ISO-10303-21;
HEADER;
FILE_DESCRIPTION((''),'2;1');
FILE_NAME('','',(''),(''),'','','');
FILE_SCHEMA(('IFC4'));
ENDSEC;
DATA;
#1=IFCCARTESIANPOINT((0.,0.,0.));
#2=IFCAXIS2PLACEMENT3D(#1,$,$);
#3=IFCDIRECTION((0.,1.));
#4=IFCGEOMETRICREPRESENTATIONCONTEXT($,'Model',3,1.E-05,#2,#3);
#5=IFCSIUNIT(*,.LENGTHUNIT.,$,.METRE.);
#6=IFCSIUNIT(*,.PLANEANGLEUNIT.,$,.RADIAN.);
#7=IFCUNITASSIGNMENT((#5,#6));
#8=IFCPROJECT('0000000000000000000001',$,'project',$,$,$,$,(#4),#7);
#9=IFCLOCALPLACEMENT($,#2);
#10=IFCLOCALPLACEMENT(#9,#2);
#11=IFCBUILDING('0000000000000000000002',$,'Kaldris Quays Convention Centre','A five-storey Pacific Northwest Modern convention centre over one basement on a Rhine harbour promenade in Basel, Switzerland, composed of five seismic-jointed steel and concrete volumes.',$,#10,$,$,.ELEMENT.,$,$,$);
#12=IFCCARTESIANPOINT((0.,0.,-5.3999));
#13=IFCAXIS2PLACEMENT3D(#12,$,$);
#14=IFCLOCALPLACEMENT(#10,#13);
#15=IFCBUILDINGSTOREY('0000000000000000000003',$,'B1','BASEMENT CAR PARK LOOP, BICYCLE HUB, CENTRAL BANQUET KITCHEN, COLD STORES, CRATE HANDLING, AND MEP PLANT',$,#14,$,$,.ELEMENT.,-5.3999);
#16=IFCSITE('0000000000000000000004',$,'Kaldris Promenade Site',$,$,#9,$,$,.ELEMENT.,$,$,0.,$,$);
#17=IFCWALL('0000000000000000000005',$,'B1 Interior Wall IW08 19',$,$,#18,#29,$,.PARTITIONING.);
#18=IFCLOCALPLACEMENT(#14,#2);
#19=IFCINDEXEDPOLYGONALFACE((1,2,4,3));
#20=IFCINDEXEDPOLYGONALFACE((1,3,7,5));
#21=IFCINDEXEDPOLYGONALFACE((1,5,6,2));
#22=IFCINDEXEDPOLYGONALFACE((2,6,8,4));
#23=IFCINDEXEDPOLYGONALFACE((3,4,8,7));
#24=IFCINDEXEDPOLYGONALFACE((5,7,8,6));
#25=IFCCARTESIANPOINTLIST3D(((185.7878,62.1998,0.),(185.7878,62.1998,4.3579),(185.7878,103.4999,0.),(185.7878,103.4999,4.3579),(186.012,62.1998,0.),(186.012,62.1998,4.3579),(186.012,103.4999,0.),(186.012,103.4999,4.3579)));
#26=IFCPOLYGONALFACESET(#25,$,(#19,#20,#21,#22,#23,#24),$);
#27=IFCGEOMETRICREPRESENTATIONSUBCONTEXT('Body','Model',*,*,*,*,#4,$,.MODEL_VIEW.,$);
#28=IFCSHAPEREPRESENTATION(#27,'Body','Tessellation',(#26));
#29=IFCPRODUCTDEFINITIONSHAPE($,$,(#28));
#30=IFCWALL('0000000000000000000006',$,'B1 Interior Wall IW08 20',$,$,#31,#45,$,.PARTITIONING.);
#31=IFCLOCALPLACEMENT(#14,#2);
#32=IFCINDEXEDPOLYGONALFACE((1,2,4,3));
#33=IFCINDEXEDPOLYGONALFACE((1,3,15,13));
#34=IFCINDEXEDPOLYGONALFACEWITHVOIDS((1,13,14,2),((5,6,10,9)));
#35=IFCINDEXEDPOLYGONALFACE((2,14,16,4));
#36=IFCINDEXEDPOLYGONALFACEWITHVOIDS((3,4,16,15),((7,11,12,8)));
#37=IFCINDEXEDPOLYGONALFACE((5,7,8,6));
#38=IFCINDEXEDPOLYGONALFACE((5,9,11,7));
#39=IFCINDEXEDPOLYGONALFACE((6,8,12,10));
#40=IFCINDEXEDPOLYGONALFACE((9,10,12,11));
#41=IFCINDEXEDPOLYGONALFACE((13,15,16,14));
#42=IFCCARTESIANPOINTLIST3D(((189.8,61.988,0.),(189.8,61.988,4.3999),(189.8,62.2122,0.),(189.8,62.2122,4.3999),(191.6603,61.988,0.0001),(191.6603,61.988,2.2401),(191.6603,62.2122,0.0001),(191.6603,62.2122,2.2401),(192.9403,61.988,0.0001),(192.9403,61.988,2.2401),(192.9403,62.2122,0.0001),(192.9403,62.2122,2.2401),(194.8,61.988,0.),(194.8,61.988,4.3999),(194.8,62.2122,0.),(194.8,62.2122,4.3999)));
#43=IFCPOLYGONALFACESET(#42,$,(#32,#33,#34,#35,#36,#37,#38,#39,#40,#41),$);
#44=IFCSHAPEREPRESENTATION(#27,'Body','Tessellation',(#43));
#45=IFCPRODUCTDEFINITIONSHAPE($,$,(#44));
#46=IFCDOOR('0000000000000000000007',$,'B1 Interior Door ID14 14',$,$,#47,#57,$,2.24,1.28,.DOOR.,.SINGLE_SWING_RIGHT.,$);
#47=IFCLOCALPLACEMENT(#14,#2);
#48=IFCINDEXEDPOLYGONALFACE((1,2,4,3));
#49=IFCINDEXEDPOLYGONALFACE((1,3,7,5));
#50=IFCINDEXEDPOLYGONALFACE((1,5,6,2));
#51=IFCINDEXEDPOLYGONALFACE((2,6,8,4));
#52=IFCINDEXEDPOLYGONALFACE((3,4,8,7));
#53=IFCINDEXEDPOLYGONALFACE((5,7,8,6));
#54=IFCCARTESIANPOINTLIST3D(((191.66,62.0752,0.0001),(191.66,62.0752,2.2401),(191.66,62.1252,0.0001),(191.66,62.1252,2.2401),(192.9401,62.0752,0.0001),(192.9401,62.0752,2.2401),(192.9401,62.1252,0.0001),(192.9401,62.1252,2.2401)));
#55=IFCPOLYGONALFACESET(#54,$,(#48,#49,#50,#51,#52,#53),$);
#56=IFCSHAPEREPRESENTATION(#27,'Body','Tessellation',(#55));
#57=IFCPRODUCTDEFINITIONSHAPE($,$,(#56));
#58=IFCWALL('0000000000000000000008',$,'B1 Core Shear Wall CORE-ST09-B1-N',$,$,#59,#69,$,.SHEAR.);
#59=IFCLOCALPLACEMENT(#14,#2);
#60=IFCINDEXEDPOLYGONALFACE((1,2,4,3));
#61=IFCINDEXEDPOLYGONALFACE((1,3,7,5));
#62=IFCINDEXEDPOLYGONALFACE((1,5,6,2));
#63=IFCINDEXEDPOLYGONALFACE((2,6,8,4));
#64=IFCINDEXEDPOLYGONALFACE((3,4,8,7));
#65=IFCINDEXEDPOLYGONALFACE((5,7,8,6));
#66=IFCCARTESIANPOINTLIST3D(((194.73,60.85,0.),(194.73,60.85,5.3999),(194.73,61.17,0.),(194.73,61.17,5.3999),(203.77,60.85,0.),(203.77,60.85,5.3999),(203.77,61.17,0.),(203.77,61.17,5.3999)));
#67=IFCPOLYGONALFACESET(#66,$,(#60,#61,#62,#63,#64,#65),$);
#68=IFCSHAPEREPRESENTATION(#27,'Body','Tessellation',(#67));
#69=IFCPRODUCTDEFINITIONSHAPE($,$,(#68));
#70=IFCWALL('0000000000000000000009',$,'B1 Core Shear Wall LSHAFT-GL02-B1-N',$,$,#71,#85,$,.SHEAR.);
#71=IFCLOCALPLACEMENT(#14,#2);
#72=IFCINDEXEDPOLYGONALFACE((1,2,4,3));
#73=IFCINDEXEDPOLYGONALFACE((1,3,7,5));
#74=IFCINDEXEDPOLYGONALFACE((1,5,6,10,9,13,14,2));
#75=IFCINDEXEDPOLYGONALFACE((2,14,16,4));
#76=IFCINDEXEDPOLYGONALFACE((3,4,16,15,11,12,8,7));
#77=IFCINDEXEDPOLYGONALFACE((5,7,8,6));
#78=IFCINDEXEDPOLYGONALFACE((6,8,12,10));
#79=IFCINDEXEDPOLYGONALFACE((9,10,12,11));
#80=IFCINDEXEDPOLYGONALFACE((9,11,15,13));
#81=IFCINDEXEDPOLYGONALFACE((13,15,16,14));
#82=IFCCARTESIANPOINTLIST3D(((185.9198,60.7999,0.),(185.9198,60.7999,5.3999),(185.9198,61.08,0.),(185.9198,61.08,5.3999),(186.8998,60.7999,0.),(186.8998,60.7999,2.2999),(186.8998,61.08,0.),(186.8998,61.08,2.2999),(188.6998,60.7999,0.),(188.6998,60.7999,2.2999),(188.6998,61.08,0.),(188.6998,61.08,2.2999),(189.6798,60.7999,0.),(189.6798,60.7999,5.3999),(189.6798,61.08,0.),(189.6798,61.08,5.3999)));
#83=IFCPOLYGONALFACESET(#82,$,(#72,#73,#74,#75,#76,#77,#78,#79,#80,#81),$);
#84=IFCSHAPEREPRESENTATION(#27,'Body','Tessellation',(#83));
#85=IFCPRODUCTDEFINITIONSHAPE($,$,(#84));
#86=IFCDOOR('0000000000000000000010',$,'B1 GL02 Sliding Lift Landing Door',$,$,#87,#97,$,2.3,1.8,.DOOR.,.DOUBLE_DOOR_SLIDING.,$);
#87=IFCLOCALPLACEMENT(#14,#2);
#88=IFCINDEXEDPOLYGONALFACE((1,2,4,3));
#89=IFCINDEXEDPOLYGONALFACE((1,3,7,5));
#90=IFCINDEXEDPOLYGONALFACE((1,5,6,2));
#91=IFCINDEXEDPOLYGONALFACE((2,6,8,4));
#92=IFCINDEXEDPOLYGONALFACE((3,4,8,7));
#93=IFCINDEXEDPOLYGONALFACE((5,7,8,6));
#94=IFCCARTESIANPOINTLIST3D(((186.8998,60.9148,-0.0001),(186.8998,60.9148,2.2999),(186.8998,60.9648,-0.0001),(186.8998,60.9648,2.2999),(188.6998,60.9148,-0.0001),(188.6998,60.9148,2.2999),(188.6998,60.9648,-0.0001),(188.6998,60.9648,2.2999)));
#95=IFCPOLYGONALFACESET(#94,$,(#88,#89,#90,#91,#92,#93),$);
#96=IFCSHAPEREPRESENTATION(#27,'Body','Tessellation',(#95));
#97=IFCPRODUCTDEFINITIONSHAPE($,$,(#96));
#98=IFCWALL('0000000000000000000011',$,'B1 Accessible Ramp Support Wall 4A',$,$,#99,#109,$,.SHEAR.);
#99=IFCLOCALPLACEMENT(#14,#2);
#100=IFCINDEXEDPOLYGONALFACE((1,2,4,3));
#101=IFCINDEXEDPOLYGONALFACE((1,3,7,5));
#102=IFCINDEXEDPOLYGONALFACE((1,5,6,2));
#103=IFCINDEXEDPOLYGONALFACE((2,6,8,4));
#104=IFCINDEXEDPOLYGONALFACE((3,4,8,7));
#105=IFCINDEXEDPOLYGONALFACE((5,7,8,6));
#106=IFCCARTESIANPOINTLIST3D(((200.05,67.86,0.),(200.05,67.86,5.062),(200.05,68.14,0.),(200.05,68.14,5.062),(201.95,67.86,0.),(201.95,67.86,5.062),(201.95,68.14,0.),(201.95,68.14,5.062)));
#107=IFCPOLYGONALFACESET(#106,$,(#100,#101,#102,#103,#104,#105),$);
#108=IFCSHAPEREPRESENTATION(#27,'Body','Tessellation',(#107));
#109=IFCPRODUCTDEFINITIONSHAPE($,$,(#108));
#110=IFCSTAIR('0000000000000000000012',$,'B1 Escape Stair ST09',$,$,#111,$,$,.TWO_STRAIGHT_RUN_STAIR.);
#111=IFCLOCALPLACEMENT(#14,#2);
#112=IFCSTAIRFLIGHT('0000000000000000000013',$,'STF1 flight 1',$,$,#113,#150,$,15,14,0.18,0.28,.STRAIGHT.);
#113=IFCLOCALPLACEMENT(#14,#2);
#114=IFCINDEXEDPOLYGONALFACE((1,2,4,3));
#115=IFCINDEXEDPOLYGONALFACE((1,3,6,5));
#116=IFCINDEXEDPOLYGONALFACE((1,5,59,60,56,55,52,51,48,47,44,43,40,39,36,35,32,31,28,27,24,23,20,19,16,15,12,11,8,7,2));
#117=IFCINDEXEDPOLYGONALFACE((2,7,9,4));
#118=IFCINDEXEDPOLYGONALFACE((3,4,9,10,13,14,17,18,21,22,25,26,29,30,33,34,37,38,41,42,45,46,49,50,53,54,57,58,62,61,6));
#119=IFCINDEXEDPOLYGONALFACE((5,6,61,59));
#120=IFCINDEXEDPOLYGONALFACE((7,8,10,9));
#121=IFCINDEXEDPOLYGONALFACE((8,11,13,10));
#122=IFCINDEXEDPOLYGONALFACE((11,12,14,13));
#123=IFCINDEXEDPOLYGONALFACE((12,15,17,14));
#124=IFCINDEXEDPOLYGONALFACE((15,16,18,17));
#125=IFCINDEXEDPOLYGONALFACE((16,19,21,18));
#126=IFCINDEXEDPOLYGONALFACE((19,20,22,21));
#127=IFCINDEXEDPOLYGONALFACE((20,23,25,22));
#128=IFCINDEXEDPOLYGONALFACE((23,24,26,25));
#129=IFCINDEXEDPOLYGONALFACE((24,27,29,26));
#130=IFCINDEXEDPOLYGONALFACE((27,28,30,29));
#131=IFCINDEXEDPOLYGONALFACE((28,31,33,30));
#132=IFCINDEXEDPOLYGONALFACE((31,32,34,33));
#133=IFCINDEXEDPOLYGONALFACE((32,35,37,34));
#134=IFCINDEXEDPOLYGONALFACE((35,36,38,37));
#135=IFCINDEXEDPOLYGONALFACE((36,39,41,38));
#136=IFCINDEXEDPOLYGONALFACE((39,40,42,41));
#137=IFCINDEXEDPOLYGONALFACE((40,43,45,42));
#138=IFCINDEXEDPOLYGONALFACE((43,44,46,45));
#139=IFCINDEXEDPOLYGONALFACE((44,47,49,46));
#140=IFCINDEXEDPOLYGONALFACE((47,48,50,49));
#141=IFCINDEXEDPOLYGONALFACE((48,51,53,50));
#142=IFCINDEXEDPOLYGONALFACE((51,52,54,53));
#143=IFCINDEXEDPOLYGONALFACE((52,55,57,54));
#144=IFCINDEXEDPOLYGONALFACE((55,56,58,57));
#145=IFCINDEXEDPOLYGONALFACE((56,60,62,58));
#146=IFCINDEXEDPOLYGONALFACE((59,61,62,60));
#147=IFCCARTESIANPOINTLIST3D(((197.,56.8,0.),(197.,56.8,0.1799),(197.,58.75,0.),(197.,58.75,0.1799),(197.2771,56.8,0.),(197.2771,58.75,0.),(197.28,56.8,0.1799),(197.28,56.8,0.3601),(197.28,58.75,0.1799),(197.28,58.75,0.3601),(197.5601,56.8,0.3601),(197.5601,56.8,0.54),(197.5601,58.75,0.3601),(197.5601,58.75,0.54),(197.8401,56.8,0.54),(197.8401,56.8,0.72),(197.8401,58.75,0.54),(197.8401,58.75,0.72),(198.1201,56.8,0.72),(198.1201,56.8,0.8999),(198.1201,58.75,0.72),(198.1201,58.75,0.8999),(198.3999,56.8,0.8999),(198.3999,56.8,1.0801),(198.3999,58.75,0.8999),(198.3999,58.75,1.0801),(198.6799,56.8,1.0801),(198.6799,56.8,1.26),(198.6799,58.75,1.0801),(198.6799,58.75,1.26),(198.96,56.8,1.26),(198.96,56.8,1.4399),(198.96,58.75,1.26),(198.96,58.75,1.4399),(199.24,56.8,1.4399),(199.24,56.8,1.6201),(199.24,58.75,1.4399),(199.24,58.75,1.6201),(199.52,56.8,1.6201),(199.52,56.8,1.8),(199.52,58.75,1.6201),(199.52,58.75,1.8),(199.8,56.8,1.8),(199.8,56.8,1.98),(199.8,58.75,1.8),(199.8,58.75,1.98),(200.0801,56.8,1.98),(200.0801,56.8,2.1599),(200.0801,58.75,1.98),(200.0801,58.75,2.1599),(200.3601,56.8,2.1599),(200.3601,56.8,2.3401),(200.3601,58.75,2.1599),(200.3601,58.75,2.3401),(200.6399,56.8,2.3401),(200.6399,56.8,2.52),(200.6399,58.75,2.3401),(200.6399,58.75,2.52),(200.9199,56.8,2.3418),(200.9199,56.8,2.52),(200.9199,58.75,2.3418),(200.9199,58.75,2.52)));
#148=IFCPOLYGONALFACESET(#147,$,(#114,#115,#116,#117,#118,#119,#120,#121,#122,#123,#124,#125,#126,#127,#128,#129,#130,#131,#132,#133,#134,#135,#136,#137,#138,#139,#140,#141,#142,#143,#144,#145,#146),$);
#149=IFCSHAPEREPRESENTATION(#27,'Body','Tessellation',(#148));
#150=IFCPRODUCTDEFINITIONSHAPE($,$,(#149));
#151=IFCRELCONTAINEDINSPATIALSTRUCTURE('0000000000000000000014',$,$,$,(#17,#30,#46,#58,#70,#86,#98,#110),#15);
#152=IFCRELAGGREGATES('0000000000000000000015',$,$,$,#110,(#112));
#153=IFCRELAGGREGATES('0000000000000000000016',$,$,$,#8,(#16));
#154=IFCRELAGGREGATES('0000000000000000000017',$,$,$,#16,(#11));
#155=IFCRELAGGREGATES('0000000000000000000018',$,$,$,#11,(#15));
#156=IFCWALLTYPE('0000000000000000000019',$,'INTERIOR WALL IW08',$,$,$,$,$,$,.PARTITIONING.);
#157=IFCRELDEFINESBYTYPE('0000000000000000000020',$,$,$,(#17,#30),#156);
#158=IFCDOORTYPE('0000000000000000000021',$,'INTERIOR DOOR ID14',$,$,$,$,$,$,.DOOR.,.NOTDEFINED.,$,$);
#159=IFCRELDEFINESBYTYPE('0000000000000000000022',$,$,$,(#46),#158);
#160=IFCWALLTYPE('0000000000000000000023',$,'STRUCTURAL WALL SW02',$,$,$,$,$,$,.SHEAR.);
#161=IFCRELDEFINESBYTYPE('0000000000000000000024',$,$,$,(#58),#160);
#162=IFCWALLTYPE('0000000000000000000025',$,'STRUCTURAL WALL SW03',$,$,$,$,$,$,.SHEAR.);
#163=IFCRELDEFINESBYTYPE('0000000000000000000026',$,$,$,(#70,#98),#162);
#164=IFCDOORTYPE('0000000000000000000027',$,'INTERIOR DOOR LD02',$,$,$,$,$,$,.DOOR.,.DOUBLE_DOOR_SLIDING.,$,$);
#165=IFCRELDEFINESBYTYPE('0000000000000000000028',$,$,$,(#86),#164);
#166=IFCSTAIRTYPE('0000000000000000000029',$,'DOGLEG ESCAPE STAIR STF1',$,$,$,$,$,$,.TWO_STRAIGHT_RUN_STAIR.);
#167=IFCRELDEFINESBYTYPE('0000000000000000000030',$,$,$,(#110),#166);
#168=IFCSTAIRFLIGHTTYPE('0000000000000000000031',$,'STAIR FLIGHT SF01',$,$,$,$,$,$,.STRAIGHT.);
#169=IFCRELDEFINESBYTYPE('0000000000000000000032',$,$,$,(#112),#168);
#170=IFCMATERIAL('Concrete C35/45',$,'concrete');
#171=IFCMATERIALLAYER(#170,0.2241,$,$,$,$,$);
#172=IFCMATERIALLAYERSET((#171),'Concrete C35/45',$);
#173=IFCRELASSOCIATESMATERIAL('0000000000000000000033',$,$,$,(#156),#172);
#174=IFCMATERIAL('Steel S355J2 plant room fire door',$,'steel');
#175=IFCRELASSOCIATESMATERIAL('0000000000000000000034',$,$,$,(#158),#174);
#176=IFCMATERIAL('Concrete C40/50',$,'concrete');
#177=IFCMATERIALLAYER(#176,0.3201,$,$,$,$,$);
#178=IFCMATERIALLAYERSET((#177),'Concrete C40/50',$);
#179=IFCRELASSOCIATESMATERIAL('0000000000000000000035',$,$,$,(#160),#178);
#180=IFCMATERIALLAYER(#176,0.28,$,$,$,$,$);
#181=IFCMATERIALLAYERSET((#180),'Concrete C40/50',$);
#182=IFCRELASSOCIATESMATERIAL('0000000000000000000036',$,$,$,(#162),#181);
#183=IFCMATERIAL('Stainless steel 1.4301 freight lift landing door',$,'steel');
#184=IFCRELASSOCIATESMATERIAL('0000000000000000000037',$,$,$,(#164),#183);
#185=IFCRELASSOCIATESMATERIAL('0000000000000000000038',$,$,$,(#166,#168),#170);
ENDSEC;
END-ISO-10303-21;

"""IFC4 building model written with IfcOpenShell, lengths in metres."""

from ifc_helpers import new_model, si_unit, direction, frame, frame_2d, origin, place, context, subcontext, project, spatial, polyline, rectangle, outline, extrude, material, layer, layer_set, type_object, element, fill, aggregate, save


model = new_model("IFC4")

# Units and contexts
model_context = context("Model", 3, precision=1e-05, world=origin(), true_north=direction((0.0, 1.0)))
body_context = subcontext(model_context, "Body", "Model", "MODEL_VIEW")
ifc_project = project(units=[si_unit("LENGTHUNIT", "METRE"), si_unit("PLANEANGLEUNIT", "RADIAN")], contexts=[model_context])

# Site, building, storey
site_placement = place(None, origin())
site = spatial("IfcSite", under=ifc_project, at=site_placement, Name="Kaldris Promenade Site", CompositionType="ELEMENT", RefElevation=0.0)
building_placement = place(site_placement, origin())
building = spatial("IfcBuilding", under=site, at=building_placement, Name="Kaldris Quays Convention Centre", Description="A five-storey Pacific Northwest Modern convention centre over one basement on a Rhine harbour promenade in Basel, Switzerland, composed of five seismic-jointed steel and concrete volumes.", CompositionType="ELEMENT")
storey_placement = place(building_placement, frame((0.0, 0.0, -5.3999)))
storey = spatial("IfcBuildingStorey", under=building, at=storey_placement, Name="B1", Description="BASEMENT CAR PARK LOOP, BICYCLE HUB, CENTRAL BANQUET KITCHEN, COLD STORES, CRATE HANDLING, AND MEP PLANT", CompositionType="ELEMENT", Elevation=-5.3999)

# Shared definitions
ifc_material_1 = material(Name="Concrete C35/45", Category="concrete")

# Wall
ifc_layer_1 = layer(ifc_material_1, 0.2241)
ifc_layer_set_1 = layer_set([ifc_layer_1], Name="Concrete C35/45")
wall_type_1 = type_object("IfcWallType", Name="INTERIOR WALL IW08", PredefinedType="PARTITIONING", material=ifc_layer_set_1)
wall_1_placement = place(storey_placement, frame((185.8999, 62.2, 0.0), z_axis=(0.0, 0.0, 1.0), x_axis=(0.0, 1.0, 0.0)))
element("IfcWall", 1, at=wall_1_placement, inside=storey, type_object=wall_type_1, Name="B1 Interior Wall IW08 19", PredefinedType="PARTITIONING", context=body_context, shape_type="SweptSolid", body=[
    extrude(rectangle(XDim=41.3, YDim=0.2241, at=frame_2d((20.6499, 0.0))), origin(), (0.0, 0.0, 1.0), 4.3579),
])

# Wall, opening, door
wall_2_placement = place(storey_placement, frame((189.8, 62.1001, 0.0), z_axis=(0.0, 0.0, 1.0), x_axis=(1.0, 0.0, 0.0)))
wall_2 = element("IfcWall", 2, at=wall_2_placement, inside=storey, type_object=wall_type_1, Name="B1 Interior Wall IW08 20", PredefinedType="PARTITIONING", context=body_context, shape_type="SweptSolid", body=[
    extrude(rectangle(XDim=5.0, YDim=0.2241, at=frame_2d((2.5, 0.0))), origin(), (0.0, 0.0, 1.0), 4.3999),
])
opening_1_placement = place(wall_2_placement, frame((1.8601, 0.0, 0.0)))
opening_1 = element("IfcOpeningElement", 3, at=opening_1_placement, cuts=wall_2, PredefinedType="OPENING", context=body_context, shape_type="SweptSolid", body=[
    extrude(rectangle(XDim=1.28, YDim=2.24, at=frame_2d((0.6401, 1.1201))), frame((0.0, 0.1221, 0.0), z_axis=(0.0, -1.0, 0.0), x_axis=(1.0, 0.0, 0.0)), (0.0, 0.0, 1.0), 0.2441),
])
ifc_material_2 = material(Name="Steel S355J2 plant room fire door", Category="steel")
door_type_1 = type_object("IfcDoorType", Name="INTERIOR DOOR ID14", OperationType="NOTDEFINED", PredefinedType="DOOR", material=ifc_material_2)
door_1_placement = place(opening_1_placement, frame((1.28, 0.0, 0.0), z_axis=(0.0, 0.0, 1.0), x_axis=(-1.0, 0.0, 0.0)))
door_1 = element("IfcDoor", 4, at=door_1_placement, inside=storey, type_object=door_type_1, Name="B1 Interior Door ID14 14", OperationType="SINGLE_SWING_RIGHT", OverallHeight=2.24, OverallWidth=1.28, PredefinedType="DOOR", context=body_context, shape_type="SweptSolid", body=[
    extrude(rectangle(XDim=1.28, YDim=2.24, at=frame_2d((0.6401, 1.1201))), frame((0.0, 0.0249, 0.0), z_axis=(0.0, -1.0, 0.0), x_axis=(1.0, 0.0, 0.0)), (0.0, 0.0, 1.0), 0.05),
])
fill(opening_1, door_1)

# Wall
ifc_material_3 = material(Name="Concrete C40/50", Category="concrete")
ifc_layer_2 = layer(ifc_material_3, 0.3201)
ifc_layer_set_2 = layer_set([ifc_layer_2], Name="Concrete C40/50")
wall_type_2 = type_object("IfcWallType", Name="STRUCTURAL WALL SW02", PredefinedType="SHEAR", material=ifc_layer_set_2)
wall_3_placement = place(storey_placement, frame((194.73, 61.01, 0.0), z_axis=(0.0, 0.0, 1.0), x_axis=(1.0, 0.0, 0.0)))
element("IfcWall", 5, at=wall_3_placement, inside=storey, type_object=wall_type_2, Name="B1 Core Shear Wall CORE-ST09-B1-N", PredefinedType="SHEAR", context=body_context, shape_type="SweptSolid", body=[
    extrude(rectangle(XDim=9.04, YDim=0.3201, at=frame_2d((4.52, 0.0))), origin(), (0.0, 0.0, 1.0), 5.3999),
])

# Wall, opening, door
ifc_layer_3 = layer(ifc_material_3, 0.28)
ifc_layer_set_3 = layer_set([ifc_layer_3], Name="Concrete C40/50")
wall_type_3 = type_object("IfcWallType", Name="STRUCTURAL WALL SW03", PredefinedType="SHEAR", material=ifc_layer_set_3)
wall_4_placement = place(storey_placement, frame((185.9199, 60.9399, 0.0), z_axis=(0.0, 0.0, 1.0), x_axis=(1.0, 0.0, 0.0)))
wall_4 = element("IfcWall", 6, at=wall_4_placement, inside=storey, type_object=wall_type_3, Name="B1 Core Shear Wall LSHAFT-GL02-B1-N", PredefinedType="SHEAR", context=body_context, shape_type="SweptSolid", body=[
    extrude(rectangle(XDim=3.76, YDim=0.28, at=frame_2d((1.8799, 0.0))), origin(), (0.0, 0.0, 1.0), 5.3999),
])
opening_2_placement = place(wall_4_placement, frame((0.98, 0.0, 0.0)))
opening_2 = element("IfcOpeningElement", 7, at=opening_2_placement, cuts=wall_4, PredefinedType="OPENING", context=body_context, shape_type="SweptSolid", body=[
    extrude(rectangle(XDim=1.8, YDim=2.3, at=frame_2d((0.8999, 1.1499))), frame((0.0, 0.1499, 0.0), z_axis=(0.0, -1.0, 0.0), x_axis=(1.0, 0.0, 0.0)), (0.0, 0.0, 1.0), 0.3),
])
ifc_material_4 = material(Name="Stainless steel 1.4301 freight lift landing door", Category="steel")
door_type_2 = type_object("IfcDoorType", Name="INTERIOR DOOR LD02", OperationType="DOUBLE_DOOR_SLIDING", PredefinedType="DOOR", material=ifc_material_4)
door_2_placement = place(opening_2_placement, origin())
door_2 = element("IfcDoor", 8, at=door_2_placement, inside=storey, type_object=door_type_2, Name="B1 GL02 Sliding Lift Landing Door", OperationType="DOUBLE_DOOR_SLIDING", OverallHeight=2.3, OverallWidth=1.8, PredefinedType="DOOR", context=body_context, shape_type="SweptSolid", body=[
    extrude(rectangle(XDim=1.8, YDim=2.3, at=frame_2d((0.8999, 1.1499))), frame((0.0, 0.0249, 0.0), z_axis=(0.0, -1.0, 0.0), x_axis=(1.0, 0.0, 0.0)), (0.0, 0.0, 1.0), 0.05),
])
fill(opening_2, door_2)

# Wall
wall_5_placement = place(storey_placement, frame((200.05, 68.0, 0.0), z_axis=(0.0, 0.0, 1.0), x_axis=(1.0, 0.0, 0.0)))
element("IfcWall", 9, at=wall_5_placement, inside=storey, type_object=wall_type_3, Name="B1 Accessible Ramp Support Wall 4A", PredefinedType="SHEAR", context=body_context, shape_type="SweptSolid", body=[
    extrude(rectangle(XDim=1.8999, YDim=0.28, at=frame_2d((0.95, 0.0))), origin(), (0.0, 0.0, 1.0), 5.062),
])

# Stair, stair flight
stair_type = type_object("IfcStairType", Name="DOGLEG ESCAPE STAIR STF1", PredefinedType="TWO_STRAIGHT_RUN_STAIR", material=ifc_material_1)
stair_placement = place(storey_placement, origin())
stair = element("IfcStair", 10, at=stair_placement, inside=storey, type_object=stair_type, Name="B1 Escape Stair ST09", PredefinedType="TWO_STRAIGHT_RUN_STAIR")
stair_flight_type = type_object("IfcStairFlightType", Name="STAIR FLIGHT SF01", PredefinedType="STRAIGHT", material=ifc_material_1)
stair_flight_placement = place(storey_placement, frame((197.0, 57.7749, 0.0), z_axis=(0.0, 0.0, 1.0), x_axis=(1.0, 0.0, 0.0)))
stair_flight = element("IfcStairFlight", 11, at=stair_flight_placement, type_object=stair_flight_type, Name="STF1 flight 1", NumberOfRisers=15, NumberOfTreads=14, PredefinedType="STRAIGHT", RiserHeight=0.18, TreadLength=0.28, context=body_context, shape_type="SweptSolid", body=[
    extrude(outline(polyline([(0.0, 0.0), (0.0, 0.1799), (0.28, 0.1799), (0.28, 0.3601), (0.5601, 0.3601), (0.5601, 0.54), (0.8401, 0.54), (0.8401, 0.72), (1.1201, 0.72), (1.1201, 0.8999), (1.3999, 0.8999), (1.3999, 1.0801), (1.6799, 1.0801), (1.6799, 1.26), (1.96, 1.26), (1.96, 1.4399), (2.24, 1.4399), (2.24, 1.6201), (2.52, 1.6201), (2.52, 1.8), (2.8, 1.8), (2.8, 1.98), (3.0801, 1.98), (3.0801, 2.1599), (3.3601, 2.1599), (3.3601, 2.3401), (3.6399, 2.3401), (3.6399, 2.52), (3.9199, 2.52), (3.9199, 2.7), (3.9199, 2.3418), (0.2771, 0.0), (0.0, 0.0)])), frame((0.0, 0.9751, 0.0), z_axis=(0.0, -1.0, 0.0), x_axis=(1.0, 0.0, 0.0)), (0.0, 0.0, 1.0), 1.95),
])
aggregate(stair, [stair_flight])

save(model, "model.ifc")
